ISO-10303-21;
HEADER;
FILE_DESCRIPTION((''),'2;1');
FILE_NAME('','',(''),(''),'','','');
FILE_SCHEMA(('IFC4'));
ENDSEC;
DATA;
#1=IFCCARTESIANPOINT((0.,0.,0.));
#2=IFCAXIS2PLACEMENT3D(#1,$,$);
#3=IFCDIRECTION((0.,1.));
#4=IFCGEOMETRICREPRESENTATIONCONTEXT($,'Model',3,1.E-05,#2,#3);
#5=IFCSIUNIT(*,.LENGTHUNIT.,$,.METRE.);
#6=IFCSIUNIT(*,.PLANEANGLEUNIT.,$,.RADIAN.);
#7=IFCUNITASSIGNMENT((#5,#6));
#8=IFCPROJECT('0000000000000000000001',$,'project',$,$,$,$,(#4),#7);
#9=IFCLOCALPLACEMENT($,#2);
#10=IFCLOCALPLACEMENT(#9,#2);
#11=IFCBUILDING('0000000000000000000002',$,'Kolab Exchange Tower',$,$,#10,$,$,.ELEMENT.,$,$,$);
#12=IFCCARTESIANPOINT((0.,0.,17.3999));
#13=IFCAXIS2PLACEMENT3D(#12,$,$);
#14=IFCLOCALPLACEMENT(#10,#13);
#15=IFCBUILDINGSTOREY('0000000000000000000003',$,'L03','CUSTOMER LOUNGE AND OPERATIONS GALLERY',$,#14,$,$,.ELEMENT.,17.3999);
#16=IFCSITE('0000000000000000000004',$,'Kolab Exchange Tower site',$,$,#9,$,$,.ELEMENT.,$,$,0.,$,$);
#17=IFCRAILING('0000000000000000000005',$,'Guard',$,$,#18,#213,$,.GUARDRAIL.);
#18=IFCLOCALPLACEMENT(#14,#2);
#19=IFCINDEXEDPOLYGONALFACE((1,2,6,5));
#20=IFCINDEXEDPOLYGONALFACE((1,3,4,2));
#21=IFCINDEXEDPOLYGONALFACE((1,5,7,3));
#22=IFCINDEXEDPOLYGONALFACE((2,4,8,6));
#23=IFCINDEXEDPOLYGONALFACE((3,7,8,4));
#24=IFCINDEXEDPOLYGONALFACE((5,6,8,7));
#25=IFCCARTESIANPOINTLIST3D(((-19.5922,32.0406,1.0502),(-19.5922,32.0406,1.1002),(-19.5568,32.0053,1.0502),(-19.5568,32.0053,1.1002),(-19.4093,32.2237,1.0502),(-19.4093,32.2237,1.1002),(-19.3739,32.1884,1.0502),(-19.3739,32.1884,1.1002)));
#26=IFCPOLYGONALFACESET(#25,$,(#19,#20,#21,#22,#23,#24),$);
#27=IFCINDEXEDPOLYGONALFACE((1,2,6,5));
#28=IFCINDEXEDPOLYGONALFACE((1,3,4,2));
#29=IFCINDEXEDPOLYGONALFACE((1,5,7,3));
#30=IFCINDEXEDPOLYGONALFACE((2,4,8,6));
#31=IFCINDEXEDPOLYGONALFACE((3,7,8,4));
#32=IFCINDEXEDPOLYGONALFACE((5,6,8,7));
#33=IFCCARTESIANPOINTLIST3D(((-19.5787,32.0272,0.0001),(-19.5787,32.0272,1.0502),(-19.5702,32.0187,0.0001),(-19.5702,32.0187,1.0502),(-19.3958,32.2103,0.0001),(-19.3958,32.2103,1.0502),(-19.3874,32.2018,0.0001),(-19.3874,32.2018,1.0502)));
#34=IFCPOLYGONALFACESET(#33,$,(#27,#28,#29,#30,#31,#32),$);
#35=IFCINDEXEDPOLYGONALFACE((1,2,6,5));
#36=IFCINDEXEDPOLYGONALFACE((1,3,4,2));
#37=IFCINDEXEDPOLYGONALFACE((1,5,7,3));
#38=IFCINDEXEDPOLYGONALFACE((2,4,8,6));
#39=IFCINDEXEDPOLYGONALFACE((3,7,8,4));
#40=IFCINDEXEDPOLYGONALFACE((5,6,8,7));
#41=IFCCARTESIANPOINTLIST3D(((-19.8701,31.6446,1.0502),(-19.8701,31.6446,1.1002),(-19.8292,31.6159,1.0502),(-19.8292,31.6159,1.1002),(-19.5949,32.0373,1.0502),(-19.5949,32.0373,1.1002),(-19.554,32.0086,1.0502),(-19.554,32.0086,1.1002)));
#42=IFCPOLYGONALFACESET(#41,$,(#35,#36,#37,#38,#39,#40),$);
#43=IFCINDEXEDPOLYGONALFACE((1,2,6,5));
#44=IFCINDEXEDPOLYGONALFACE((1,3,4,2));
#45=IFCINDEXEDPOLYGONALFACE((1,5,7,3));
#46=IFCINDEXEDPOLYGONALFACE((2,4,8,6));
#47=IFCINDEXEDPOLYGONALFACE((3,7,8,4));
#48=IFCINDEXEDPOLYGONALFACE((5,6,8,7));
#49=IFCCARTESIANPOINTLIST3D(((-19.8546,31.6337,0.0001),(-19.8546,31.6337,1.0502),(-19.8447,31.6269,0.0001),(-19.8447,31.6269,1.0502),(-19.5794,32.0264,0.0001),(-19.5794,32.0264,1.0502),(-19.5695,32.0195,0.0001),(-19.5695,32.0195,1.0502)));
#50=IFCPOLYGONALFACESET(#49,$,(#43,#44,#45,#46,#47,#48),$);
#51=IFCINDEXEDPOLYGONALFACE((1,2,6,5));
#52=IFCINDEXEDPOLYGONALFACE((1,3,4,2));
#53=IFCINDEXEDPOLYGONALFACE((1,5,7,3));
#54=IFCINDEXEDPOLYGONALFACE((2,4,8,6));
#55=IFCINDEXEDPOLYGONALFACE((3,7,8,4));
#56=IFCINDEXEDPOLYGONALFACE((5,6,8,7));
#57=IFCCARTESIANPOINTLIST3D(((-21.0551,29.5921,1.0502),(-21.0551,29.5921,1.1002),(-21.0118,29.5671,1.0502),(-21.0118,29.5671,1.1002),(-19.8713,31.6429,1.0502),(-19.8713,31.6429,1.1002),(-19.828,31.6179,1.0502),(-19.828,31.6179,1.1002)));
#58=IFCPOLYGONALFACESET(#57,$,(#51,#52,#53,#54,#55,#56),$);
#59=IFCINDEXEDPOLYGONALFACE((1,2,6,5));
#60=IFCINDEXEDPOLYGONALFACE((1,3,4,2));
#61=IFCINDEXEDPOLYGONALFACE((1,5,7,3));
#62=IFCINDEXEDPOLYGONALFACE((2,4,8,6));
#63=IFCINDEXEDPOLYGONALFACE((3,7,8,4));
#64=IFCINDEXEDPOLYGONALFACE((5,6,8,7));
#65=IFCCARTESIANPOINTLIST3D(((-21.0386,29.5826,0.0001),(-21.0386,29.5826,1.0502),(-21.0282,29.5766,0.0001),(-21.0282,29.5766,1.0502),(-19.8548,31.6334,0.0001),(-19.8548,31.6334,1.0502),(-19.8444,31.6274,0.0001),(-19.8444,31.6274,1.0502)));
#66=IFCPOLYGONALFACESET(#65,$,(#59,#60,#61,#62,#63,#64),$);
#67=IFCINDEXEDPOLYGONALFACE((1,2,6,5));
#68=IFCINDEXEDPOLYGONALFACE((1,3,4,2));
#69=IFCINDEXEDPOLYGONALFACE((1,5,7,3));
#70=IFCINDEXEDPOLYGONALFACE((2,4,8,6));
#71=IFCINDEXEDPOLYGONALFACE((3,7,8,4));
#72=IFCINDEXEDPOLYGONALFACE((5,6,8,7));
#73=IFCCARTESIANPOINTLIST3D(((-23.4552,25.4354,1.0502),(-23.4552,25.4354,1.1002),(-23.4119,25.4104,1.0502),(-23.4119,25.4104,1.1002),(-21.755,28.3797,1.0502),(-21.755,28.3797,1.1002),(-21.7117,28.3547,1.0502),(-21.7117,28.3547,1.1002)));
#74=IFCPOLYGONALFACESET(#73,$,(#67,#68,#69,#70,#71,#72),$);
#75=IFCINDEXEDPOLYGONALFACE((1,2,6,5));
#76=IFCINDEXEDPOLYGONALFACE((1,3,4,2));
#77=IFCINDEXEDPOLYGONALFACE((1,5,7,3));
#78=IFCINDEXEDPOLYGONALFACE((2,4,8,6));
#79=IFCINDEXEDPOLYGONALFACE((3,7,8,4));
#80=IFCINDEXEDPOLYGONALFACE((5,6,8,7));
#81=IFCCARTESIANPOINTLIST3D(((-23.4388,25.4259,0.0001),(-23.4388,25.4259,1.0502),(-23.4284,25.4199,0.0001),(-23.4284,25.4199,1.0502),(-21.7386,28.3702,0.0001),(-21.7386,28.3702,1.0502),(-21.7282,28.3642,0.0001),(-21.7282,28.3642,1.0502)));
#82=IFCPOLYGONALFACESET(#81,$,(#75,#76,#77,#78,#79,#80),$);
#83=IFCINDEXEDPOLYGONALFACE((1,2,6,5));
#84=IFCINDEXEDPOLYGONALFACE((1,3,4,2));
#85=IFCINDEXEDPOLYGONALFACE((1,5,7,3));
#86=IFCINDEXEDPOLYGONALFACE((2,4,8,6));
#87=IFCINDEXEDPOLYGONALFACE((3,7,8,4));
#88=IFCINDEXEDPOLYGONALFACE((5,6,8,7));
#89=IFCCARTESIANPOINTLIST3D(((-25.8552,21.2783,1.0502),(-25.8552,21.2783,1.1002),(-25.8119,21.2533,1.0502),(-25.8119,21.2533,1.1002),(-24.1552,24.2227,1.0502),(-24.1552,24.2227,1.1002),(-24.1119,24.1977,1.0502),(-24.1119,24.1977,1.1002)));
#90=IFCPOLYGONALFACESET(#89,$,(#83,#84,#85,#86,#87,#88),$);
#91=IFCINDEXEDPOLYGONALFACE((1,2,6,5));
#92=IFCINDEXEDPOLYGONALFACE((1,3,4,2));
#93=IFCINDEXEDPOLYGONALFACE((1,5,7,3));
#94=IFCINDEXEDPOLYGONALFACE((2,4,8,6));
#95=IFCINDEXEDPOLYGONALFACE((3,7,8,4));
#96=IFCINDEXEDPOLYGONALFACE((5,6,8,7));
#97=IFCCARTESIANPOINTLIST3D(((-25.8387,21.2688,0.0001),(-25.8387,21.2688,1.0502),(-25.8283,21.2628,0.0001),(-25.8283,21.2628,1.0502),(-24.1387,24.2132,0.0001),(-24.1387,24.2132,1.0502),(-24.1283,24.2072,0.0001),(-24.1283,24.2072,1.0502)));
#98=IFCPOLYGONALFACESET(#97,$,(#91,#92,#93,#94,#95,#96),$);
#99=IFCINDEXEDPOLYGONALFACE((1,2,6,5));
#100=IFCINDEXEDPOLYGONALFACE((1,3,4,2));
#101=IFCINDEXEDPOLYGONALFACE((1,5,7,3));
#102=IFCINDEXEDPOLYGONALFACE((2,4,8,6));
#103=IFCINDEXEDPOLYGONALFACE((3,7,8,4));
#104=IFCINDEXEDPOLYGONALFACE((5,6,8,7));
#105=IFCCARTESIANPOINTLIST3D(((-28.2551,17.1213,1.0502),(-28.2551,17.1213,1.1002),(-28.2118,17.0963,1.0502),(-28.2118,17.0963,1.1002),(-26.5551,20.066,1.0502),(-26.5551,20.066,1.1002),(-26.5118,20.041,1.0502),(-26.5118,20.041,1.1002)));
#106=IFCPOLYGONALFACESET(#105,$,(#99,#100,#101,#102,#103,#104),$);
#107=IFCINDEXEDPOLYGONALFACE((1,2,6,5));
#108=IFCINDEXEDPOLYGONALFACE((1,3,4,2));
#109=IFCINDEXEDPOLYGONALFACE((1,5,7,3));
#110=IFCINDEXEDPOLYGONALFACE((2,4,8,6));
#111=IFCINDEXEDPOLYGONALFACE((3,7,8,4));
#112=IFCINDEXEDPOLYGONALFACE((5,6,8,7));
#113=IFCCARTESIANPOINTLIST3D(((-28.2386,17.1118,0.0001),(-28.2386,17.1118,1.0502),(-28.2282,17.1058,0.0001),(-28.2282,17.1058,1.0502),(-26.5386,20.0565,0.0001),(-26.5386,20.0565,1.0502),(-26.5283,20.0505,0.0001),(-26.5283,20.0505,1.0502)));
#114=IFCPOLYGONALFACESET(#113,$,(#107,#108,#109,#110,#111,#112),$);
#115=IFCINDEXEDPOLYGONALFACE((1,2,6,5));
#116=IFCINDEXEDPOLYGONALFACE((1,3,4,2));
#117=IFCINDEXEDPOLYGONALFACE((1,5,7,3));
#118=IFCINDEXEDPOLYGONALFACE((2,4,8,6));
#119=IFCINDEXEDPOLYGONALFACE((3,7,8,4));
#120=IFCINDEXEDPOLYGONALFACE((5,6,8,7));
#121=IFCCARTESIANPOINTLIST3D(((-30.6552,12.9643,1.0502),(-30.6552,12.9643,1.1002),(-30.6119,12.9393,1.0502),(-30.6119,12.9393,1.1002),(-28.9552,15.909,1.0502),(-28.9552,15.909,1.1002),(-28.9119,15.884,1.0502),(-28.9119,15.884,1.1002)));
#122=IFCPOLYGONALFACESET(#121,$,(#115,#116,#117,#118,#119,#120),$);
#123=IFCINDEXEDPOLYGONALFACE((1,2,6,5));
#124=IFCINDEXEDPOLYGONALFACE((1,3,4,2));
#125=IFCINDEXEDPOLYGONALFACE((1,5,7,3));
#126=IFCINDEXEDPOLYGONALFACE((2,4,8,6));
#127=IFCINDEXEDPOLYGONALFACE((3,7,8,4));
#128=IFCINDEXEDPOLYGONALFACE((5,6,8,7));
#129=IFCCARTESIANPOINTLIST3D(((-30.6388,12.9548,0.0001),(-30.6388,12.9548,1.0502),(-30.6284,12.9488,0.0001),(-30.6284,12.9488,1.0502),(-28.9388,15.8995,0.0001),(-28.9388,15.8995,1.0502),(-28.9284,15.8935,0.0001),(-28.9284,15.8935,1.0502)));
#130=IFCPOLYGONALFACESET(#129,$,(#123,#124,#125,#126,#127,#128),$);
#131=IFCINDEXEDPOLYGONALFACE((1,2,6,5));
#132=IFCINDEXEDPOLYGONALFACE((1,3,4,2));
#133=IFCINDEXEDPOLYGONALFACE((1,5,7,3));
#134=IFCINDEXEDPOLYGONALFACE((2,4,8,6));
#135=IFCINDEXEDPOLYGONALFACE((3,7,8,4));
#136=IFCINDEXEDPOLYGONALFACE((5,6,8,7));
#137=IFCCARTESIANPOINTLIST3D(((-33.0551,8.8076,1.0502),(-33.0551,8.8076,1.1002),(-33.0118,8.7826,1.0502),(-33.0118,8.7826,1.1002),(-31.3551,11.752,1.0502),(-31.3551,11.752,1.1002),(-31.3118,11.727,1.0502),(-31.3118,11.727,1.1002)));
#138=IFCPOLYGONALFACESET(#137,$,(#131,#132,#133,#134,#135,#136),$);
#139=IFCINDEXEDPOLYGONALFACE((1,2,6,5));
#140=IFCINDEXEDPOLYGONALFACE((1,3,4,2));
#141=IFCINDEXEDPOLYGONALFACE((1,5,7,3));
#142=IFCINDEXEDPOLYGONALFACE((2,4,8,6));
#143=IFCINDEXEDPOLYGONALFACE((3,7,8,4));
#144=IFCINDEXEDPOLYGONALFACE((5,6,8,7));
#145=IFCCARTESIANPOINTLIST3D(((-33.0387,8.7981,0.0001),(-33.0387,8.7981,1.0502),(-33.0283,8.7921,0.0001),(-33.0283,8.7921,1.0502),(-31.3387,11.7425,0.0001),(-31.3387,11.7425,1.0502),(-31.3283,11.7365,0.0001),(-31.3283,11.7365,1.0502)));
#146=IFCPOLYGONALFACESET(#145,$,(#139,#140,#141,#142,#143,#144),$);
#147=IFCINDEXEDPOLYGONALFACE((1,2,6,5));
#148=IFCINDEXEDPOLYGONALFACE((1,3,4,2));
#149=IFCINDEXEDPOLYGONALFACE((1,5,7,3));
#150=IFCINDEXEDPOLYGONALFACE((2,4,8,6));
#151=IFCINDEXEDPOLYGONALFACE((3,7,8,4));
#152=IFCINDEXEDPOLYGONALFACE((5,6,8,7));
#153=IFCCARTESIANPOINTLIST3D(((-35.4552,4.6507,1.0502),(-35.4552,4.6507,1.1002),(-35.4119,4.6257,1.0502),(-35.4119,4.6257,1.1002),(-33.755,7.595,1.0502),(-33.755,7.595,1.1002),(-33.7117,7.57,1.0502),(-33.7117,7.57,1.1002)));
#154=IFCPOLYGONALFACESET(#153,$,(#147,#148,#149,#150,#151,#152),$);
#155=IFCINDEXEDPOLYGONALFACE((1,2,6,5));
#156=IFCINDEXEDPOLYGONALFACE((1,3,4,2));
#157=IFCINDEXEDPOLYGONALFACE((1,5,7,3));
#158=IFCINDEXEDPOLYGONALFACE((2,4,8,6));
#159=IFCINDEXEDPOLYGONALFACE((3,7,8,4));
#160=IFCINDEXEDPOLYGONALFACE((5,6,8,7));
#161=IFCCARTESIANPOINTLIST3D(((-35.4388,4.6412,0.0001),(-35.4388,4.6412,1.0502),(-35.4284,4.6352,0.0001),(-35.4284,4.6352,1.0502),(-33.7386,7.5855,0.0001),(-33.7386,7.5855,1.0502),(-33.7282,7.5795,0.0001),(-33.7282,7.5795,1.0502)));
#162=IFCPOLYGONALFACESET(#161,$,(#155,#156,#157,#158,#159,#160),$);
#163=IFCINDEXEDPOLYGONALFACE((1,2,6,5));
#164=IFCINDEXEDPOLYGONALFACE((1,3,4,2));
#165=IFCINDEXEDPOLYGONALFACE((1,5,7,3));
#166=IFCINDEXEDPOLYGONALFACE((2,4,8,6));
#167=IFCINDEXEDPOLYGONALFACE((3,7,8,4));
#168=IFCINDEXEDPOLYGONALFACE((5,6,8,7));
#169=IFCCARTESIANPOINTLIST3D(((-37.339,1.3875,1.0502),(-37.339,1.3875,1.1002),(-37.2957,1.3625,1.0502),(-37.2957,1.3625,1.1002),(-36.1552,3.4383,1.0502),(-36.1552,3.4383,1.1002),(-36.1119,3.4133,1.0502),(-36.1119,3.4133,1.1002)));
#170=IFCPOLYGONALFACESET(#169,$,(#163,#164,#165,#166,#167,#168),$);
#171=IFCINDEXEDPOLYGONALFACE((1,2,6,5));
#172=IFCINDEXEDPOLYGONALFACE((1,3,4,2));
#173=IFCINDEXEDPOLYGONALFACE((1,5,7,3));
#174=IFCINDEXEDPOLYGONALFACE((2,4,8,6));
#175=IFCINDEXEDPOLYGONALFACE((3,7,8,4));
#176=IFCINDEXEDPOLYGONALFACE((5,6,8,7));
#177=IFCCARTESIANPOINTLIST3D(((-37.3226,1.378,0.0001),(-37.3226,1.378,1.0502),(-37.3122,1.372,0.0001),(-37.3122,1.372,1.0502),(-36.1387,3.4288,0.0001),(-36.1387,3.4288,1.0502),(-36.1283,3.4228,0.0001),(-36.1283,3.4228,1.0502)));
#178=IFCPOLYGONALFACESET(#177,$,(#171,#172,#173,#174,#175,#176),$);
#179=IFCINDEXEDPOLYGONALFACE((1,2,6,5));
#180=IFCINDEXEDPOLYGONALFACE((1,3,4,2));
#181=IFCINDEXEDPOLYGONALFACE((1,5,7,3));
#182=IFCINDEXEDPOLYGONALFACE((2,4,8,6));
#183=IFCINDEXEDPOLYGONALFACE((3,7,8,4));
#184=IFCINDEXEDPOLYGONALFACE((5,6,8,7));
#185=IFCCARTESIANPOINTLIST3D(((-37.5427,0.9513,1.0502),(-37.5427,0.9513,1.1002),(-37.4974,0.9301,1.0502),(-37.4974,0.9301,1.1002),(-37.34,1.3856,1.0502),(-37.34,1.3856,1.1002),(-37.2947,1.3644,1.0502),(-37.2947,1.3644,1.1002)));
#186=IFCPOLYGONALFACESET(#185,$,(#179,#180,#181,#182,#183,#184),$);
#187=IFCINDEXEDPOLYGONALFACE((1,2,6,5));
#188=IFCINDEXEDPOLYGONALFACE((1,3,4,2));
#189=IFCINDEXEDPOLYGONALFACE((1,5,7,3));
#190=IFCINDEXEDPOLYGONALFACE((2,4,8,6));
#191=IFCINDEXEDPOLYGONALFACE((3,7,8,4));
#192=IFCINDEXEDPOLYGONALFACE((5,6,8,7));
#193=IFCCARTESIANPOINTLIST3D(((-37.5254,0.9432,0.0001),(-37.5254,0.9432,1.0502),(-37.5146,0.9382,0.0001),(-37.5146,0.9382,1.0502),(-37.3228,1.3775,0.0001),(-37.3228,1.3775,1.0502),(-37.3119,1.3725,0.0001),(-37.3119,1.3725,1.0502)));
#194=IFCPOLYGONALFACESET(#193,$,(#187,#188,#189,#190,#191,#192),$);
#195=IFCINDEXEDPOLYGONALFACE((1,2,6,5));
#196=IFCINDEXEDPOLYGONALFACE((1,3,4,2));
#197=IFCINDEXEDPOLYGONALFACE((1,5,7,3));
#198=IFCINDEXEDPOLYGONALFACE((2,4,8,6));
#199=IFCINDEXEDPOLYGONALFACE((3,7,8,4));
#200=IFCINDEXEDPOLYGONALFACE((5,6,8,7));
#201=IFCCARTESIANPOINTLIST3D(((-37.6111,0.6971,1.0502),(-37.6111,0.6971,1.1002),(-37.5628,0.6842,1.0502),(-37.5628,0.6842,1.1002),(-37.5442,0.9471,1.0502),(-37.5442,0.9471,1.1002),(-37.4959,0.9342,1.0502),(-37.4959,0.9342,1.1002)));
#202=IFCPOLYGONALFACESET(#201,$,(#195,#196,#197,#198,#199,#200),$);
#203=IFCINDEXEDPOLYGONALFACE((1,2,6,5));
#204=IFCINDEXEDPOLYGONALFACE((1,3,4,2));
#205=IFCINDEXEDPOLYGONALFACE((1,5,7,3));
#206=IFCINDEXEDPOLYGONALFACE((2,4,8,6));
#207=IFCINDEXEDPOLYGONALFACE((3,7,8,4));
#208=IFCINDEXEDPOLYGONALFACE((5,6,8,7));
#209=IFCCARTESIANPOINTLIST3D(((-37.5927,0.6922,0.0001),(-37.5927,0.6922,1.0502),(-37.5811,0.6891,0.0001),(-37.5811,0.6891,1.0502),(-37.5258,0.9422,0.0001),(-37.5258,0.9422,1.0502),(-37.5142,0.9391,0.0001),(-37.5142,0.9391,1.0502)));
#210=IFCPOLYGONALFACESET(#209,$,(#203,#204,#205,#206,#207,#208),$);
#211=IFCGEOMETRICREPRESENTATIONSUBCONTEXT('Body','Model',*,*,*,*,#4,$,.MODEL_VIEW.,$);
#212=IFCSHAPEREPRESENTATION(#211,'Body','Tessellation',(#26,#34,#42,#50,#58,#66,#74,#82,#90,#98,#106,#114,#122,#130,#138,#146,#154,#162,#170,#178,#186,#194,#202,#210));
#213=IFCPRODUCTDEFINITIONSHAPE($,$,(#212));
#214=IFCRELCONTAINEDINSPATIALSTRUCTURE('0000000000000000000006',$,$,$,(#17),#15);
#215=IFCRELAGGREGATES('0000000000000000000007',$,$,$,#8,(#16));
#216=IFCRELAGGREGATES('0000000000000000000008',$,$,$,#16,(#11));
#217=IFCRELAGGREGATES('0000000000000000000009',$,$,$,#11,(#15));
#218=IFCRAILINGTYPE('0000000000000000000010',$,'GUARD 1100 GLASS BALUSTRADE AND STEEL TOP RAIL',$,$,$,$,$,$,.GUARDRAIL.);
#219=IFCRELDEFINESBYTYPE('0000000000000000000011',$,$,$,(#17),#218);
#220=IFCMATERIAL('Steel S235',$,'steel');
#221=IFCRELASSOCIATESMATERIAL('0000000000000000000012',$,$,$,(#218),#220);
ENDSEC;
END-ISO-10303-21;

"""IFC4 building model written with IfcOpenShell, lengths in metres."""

from ifc_helpers import new_model, si_unit, direction, frame, frame_2d, origin, origin_2d, place, context, subcontext, project, spatial, rectangle, extrude, material, type_object, element, save


model = new_model("IFC4")

# Units and contexts
model_context = context("Model", 3, precision=1e-05, world=origin(), true_north=direction((0.0, 1.0)))
body_context = subcontext(model_context, "Body", "Model", "MODEL_VIEW")
ifc_project = project(units=[si_unit("LENGTHUNIT", "METRE"), si_unit("PLANEANGLEUNIT", "RADIAN")], contexts=[model_context])

# Site, building, storey
site_placement = place(None, origin())
site = spatial("IfcSite", under=ifc_project, at=site_placement, Name="Kolab Exchange Tower site", CompositionType="ELEMENT", RefElevation=0.0)
building_placement = place(site_placement, origin())
building = spatial("IfcBuilding", under=site, at=building_placement, Name="Kolab Exchange Tower", CompositionType="ELEMENT")
storey_placement = place(building_placement, frame((0.0, 0.0, 17.3999)))
storey = spatial("IfcBuildingStorey", under=building, at=storey_placement, Name="L03", Description="CUSTOMER LOUNGE AND OPERATIONS GALLERY", CompositionType="ELEMENT", Elevation=17.3999)

# Railing
ifc_material_1 = material(Name="Steel S235", Category="steel")
railing_type = type_object("IfcRailingType", Name="GUARD 1100 GLASS BALUSTRADE AND STEEL TOP RAIL", PredefinedType="GUARDRAIL", material=ifc_material_1)
railing_placement = place(storey_placement, frame((-19.3916, 32.2061, 0.0)))
element("IfcRailing", 1, at=railing_placement, inside=storey, type_object=railing_type, Name="Guard", PredefinedType="GUARDRAIL", context=body_context, shape_type="SweptSolid", body=[
    extrude(rectangle(XDim=0.05, YDim=0.05, at=origin_2d()), frame((0.0, 0.0, 1.0752), z_axis=(-0.706635, -0.707578, 0.0), x_axis=(0.707578, -0.706635, 0.0)), (0.0, 0.0, 1.0), 0.2588),
    extrude(rectangle(XDim=0.012, YDim=1.0501, at=frame_2d((0.0, 0.5251))), frame((0.0, 0.0, 0.0), z_axis=(-0.706635, -0.707578, 0.0), x_axis=(0.707578, -0.706635, 0.0)), (0.0, 0.0, 1.0), 0.2588),
    extrude(rectangle(XDim=0.05, YDim=0.05, at=origin_2d()), frame((-0.1829, -0.1831, 1.0752), z_axis=(-0.573941, -0.818897, 0.0), x_axis=(0.818897, -0.573941, 0.0)), (0.0, 0.0, 1.0), 0.4795),
    extrude(rectangle(XDim=0.012, YDim=1.0501, at=frame_2d((0.0, 0.5251))), frame((-0.1829, -0.1831, 0.0), z_axis=(-0.573941, -0.818897, 0.0), x_axis=(0.818897, -0.573941, 0.0)), (0.0, 0.0, 1.0), 0.4795),
    extrude(rectangle(XDim=0.05, YDim=0.05, at=origin_2d()), frame((-0.458, -0.5757, 1.0752), z_axis=(-0.499943, -0.866059, 0.0), x_axis=(0.866059, -0.499943, 0.0)), (0.0, 0.0, 1.0), 2.3679),
    extrude(rectangle(XDim=0.012, YDim=1.0501, at=frame_2d((0.0, 0.5251))), frame((-0.458, -0.5757, 0.0), z_axis=(-0.499943, -0.866059, 0.0), x_axis=(0.866059, -0.499943, 0.0)), (0.0, 0.0, 1.0), 2.3679),
    extrude(rectangle(XDim=0.05, YDim=0.05, at=origin_2d()), frame((-2.3418, -3.8389, 1.0752), z_axis=(-0.500062, -0.865989, 0.0), x_axis=(0.865989, -0.500062, 0.0)), (0.0, 0.0, 1.0), 3.3999),
    extrude(rectangle(XDim=0.012, YDim=1.0501, at=frame_2d((0.0, 0.5251))), frame((-2.3418, -3.8389, 0.0), z_axis=(-0.500062, -0.865989, 0.0), x_axis=(0.865989, -0.500062, 0.0)), (0.0, 0.0, 1.0), 3.3999),
    extrude(rectangle(XDim=0.05, YDim=0.05, at=origin_2d()), frame((-4.7419, -7.9958, 1.0752), z_axis=(-0.500008, -0.866021, 0.0), x_axis=(0.866021, -0.500008, 0.0)), (0.0, 0.0, 1.0), 3.3999),
    extrude(rectangle(XDim=0.012, YDim=1.0501, at=frame_2d((0.0, 0.5251))), frame((-4.7419, -7.9958, 0.0), z_axis=(-0.500008, -0.866021, 0.0), x_axis=(0.866021, -0.500008, 0.0)), (0.0, 0.0, 1.0), 3.3999),
    extrude(rectangle(XDim=0.05, YDim=0.05, at=origin_2d()), frame((-7.1418, -12.1526, 1.0752), z_axis=(-0.499977, -0.866039, 0.0), x_axis=(0.866039, -0.499977, 0.0)), (0.0, 0.0, 1.0), 3.4001),
    extrude(rectangle(XDim=0.012, YDim=1.0501, at=frame_2d((0.0, 0.5251))), frame((-7.1418, -12.1526, 0.0), z_axis=(-0.499977, -0.866039, 0.0), x_axis=(0.866039, -0.499977, 0.0)), (0.0, 0.0, 1.0), 3.4001),
    extrude(rectangle(XDim=0.05, YDim=0.05, at=origin_2d()), frame((-9.542, -16.3096, 1.0752), z_axis=(-0.499977, -0.866039, 0.0), x_axis=(0.866039, -0.499977, 0.0)), (0.0, 0.0, 1.0), 3.4001),
    extrude(rectangle(XDim=0.012, YDim=1.0501, at=frame_2d((0.0, 0.5251))), frame((-9.542, -16.3096, 0.0), z_axis=(-0.499977, -0.866039, 0.0), x_axis=(0.866039, -0.499977, 0.0)), (0.0, 0.0, 1.0), 3.4001),
    extrude(rectangle(XDim=0.05, YDim=0.05, at=origin_2d()), frame((-11.9419, -20.4666, 1.0752), z_axis=(-0.500008, -0.866021, 0.0), x_axis=(0.866021, -0.500008, 0.0)), (0.0, 0.0, 1.0), 3.3999),
    extrude(rectangle(XDim=0.012, YDim=1.0501, at=frame_2d((0.0, 0.5251))), frame((-11.9419, -20.4666, 0.0), z_axis=(-0.500008, -0.866021, 0.0), x_axis=(0.866021, -0.500008, 0.0)), (0.0, 0.0, 1.0), 3.3999),
    extrude(rectangle(XDim=0.05, YDim=0.05, at=origin_2d()), frame((-14.3418, -24.6235, 1.0752), z_axis=(-0.500062, -0.865989, 0.0), x_axis=(0.865989, -0.500062, 0.0)), (0.0, 0.0, 1.0), 3.3999),
    extrude(rectangle(XDim=0.012, YDim=1.0501, at=frame_2d((0.0, 0.5251))), frame((-14.3418, -24.6235, 0.0), z_axis=(-0.500062, -0.865989, 0.0), x_axis=(0.865989, -0.500062, 0.0)), (0.0, 0.0, 1.0), 3.3999),
    extrude(rectangle(XDim=0.05, YDim=0.05, at=origin_2d()), frame((-16.7419, -28.7803, 1.0752), z_axis=(-0.499943, -0.866059, 0.0), x_axis=(0.866059, -0.499943, 0.0)), (0.0, 0.0, 1.0), 2.3679),
    extrude(rectangle(XDim=0.012, YDim=1.0501, at=frame_2d((0.0, 0.5251))), frame((-16.7419, -28.7803, 0.0), z_axis=(-0.499943, -0.866059, 0.0), x_axis=(0.866059, -0.499943, 0.0)), (0.0, 0.0, 1.0), 2.3679),
    extrude(rectangle(XDim=0.05, YDim=0.05, at=origin_2d()), frame((-17.9258, -30.8311, 1.0752), z_axis=(-0.422802, -0.906222, 0.0), x_axis=(0.906222, -0.422802, 0.0)), (0.0, 0.0, 1.0), 0.4792),
    extrude(rectangle(XDim=0.012, YDim=1.0501, at=frame_2d((0.0, 0.5251))), frame((-17.9258, -30.8311, 0.0), z_axis=(-0.422802, -0.906222, 0.0), x_axis=(0.906222, -0.422802, 0.0)), (0.0, 0.0, 1.0), 0.4792),
    extrude(rectangle(XDim=0.05, YDim=0.05, at=origin_2d()), frame((-18.1284, -31.2654, 1.0752), z_axis=(-0.258485, -0.966015, 0.0), x_axis=(0.966015, -0.258485, 0.0)), (0.0, 0.0, 1.0), 0.2588),
    extrude(rectangle(XDim=0.012, YDim=1.0501, at=frame_2d((0.0, 0.5251))), frame((-18.1284, -31.2654, 0.0), z_axis=(-0.258485, -0.966015, 0.0), x_axis=(0.966015, -0.258485, 0.0)), (0.0, 0.0, 1.0), 0.2588),
])

save(model, "model.ifc")
